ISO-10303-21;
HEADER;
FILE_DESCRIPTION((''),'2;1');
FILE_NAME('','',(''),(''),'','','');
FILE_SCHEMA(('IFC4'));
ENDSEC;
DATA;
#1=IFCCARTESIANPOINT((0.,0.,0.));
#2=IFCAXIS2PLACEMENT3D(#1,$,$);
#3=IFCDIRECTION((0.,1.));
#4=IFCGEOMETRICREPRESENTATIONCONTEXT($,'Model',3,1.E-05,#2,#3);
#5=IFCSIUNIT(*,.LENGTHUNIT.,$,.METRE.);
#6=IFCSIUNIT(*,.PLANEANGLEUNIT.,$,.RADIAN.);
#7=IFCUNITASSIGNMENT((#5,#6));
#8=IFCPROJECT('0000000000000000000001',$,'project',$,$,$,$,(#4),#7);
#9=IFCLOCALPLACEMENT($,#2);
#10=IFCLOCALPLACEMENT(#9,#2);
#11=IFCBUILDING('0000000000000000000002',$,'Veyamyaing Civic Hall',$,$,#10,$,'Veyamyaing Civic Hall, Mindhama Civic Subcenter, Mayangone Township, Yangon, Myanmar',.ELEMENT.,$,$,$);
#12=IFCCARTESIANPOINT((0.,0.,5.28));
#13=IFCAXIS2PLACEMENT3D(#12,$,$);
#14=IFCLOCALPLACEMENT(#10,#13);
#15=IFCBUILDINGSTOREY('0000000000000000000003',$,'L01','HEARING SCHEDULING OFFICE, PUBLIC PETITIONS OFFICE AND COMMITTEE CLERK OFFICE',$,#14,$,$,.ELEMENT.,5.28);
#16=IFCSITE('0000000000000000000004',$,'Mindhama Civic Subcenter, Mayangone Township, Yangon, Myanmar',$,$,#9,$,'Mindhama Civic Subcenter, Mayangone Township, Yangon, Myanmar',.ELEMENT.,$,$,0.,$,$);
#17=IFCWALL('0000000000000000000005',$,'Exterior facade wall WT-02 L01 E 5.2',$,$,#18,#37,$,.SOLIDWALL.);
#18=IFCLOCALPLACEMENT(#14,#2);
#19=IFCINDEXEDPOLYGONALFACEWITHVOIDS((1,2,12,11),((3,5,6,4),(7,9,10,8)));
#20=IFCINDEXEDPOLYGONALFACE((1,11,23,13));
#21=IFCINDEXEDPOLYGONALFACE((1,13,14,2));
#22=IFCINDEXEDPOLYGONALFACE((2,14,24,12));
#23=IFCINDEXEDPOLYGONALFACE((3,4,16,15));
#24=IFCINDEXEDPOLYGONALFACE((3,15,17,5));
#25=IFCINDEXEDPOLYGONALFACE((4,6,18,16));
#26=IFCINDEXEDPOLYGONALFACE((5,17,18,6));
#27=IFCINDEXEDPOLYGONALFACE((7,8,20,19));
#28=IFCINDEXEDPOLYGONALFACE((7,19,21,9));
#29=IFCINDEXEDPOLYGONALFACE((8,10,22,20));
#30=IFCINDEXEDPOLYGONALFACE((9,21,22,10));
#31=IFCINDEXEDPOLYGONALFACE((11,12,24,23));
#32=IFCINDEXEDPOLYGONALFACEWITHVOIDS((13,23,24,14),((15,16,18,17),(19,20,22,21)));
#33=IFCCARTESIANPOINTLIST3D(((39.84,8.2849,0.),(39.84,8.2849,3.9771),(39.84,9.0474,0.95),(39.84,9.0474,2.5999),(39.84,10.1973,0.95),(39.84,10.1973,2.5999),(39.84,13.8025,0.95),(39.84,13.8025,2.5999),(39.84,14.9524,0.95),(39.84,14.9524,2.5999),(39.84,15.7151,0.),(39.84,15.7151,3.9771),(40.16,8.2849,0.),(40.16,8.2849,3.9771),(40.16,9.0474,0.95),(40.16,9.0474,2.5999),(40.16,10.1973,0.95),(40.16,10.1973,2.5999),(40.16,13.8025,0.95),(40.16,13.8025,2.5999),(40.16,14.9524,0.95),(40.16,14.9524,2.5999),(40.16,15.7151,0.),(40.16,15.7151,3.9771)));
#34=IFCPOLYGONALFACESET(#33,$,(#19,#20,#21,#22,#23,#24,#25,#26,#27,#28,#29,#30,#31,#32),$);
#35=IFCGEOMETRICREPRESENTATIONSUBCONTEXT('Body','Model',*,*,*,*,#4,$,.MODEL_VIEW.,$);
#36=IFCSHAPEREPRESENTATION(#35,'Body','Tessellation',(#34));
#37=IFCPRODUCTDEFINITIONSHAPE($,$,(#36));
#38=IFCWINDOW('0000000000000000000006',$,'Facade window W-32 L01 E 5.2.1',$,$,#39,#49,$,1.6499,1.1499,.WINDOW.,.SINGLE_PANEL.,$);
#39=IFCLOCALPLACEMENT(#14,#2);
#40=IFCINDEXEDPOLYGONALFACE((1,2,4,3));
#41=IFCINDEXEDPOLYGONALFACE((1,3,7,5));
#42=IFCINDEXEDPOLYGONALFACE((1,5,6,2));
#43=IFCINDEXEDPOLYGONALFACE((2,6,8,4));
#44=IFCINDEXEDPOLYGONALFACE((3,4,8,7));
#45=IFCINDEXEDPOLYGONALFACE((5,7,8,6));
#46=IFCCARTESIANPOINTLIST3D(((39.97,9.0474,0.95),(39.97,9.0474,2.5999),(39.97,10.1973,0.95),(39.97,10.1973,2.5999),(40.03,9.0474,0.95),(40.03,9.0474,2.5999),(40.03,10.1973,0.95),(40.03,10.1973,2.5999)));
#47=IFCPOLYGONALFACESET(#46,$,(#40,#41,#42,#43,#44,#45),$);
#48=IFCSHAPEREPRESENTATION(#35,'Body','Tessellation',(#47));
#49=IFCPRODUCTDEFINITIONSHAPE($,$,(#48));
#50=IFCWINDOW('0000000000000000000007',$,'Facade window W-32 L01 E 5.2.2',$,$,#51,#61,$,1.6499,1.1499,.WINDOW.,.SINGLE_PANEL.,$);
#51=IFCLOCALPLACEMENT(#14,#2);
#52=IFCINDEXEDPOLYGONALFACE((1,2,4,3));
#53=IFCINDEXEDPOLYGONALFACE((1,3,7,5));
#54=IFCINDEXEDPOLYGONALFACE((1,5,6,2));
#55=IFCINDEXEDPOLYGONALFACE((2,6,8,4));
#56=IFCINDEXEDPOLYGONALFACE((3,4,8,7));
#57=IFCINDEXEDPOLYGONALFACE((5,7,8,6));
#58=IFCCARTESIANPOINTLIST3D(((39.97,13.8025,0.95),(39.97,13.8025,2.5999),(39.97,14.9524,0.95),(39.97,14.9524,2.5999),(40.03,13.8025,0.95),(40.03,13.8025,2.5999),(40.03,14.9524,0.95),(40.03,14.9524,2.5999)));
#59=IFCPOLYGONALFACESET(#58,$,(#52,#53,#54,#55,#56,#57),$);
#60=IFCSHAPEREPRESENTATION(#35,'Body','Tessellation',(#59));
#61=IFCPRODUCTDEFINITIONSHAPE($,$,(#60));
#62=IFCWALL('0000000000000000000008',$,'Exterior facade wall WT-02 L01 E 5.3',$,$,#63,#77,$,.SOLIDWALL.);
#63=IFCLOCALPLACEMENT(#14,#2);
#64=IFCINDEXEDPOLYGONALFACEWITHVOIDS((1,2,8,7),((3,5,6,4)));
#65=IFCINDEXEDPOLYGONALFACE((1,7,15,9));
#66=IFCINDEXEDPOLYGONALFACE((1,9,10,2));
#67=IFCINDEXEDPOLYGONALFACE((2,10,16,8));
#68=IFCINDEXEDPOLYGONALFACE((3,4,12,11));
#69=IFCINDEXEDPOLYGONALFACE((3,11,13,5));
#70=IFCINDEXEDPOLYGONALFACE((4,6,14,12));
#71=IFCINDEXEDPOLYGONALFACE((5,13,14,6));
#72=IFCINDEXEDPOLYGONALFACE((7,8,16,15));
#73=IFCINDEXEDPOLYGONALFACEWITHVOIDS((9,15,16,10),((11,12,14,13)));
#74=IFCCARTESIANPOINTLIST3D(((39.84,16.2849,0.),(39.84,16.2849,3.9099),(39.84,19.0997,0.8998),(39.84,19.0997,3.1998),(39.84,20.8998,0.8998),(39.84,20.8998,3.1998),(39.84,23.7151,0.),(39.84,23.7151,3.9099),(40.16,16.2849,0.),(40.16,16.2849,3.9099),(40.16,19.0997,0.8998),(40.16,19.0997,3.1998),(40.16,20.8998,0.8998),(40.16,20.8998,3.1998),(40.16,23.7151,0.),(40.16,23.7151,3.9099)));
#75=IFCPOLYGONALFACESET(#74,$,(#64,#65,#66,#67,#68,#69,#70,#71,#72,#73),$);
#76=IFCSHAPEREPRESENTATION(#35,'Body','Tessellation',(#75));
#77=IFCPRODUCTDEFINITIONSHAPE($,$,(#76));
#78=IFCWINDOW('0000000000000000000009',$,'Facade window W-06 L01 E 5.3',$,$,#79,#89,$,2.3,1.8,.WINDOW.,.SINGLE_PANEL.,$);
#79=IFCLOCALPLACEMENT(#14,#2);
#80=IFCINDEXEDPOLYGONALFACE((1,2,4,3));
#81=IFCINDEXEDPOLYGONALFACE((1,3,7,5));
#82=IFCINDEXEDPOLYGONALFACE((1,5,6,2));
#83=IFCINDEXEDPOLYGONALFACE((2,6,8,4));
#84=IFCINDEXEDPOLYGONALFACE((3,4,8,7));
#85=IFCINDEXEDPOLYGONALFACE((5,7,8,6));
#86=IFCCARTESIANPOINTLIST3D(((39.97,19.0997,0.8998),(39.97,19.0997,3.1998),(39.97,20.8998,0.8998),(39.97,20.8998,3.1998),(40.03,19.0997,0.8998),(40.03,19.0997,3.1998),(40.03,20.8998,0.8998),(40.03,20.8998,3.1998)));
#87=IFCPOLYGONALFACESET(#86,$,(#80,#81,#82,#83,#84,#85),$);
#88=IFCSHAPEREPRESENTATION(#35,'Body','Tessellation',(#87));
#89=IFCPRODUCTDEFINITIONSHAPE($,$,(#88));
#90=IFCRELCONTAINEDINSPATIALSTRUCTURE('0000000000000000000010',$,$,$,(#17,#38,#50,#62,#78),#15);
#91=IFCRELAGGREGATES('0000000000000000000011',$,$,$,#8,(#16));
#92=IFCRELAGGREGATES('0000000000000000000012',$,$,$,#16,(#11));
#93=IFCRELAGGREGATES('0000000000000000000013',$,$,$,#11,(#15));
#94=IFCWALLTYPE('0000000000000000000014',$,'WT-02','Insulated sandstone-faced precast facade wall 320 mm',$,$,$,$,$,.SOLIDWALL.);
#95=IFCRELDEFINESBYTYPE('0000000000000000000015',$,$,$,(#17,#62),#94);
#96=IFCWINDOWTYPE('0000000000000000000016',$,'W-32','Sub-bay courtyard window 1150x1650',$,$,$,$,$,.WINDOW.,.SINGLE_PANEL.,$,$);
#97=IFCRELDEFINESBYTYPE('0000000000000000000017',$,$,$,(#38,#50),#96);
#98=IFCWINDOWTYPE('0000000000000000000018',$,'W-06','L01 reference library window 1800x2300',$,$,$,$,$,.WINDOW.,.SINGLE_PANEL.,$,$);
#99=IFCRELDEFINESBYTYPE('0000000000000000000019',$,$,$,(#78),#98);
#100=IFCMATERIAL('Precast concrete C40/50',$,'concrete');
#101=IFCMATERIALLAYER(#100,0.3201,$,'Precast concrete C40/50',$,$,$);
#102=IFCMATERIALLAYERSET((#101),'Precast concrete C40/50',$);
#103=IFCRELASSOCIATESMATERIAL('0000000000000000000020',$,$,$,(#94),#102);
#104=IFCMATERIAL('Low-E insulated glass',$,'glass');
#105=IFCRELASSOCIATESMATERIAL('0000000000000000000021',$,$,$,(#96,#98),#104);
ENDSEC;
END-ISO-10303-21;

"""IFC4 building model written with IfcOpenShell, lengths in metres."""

from ifc_helpers import new_model, si_unit, direction, frame, frame_2d, origin, place, context, subcontext, project, spatial, rectangle, extrude, material, layer, layer_set, type_object, element, fill, save


model = new_model("IFC4")

# Units and contexts
model_context = context("Model", 3, precision=1e-05, world=origin(), true_north=direction((0.0, 1.0)))
body_context = subcontext(model_context, "Body", "Model", "MODEL_VIEW")
ifc_project = project(units=[si_unit("LENGTHUNIT", "METRE"), si_unit("PLANEANGLEUNIT", "RADIAN")], contexts=[model_context])

# Site, building, storey
site_placement = place(None, origin())
site = spatial("IfcSite", under=ifc_project, at=site_placement, Name="Mindhama Civic Subcenter, Mayangone Township, Yangon, Myanmar", LongName="Mindhama Civic Subcenter, Mayangone Township, Yangon, Myanmar", CompositionType="ELEMENT", RefElevation=0.0)
building_placement = place(site_placement, origin())
building = spatial("IfcBuilding", under=site, at=building_placement, Name="Veyamyaing Civic Hall", LongName="Veyamyaing Civic Hall, Mindhama Civic Subcenter, Mayangone Township, Yangon, Myanmar", CompositionType="ELEMENT")
storey_placement = place(building_placement, frame((0.0, 0.0, 5.28)))
storey = spatial("IfcBuildingStorey", under=building, at=storey_placement, Name="L01", Description="HEARING SCHEDULING OFFICE, PUBLIC PETITIONS OFFICE AND COMMITTEE CLERK OFFICE", CompositionType="ELEMENT", Elevation=5.28)

# Shared definitions
ifc_material_1 = material(Name="Low-E insulated glass", Category="glass")

# Wall, openings, windows
ifc_material_2 = material(Name="Precast concrete C40/50", Category="concrete")
ifc_layer_1 = layer(ifc_material_2, 0.3201, Name="Precast concrete C40/50")
ifc_layer_set_1 = layer_set([ifc_layer_1], Name="Precast concrete C40/50")
wall_type = type_object("IfcWallType", Name="WT-02", Description="Insulated sandstone-faced precast facade wall 320 mm", PredefinedType="SOLIDWALL", material=ifc_layer_set_1)
wall_1_placement = place(storey_placement, frame((40.0, 8.2849, 0.0), z_axis=(0.0, 0.0, 1.0), x_axis=(0.0, 1.0, 0.0)))
wall_1 = element("IfcWall", 1, at=wall_1_placement, inside=storey, type_object=wall_type, Name="Exterior facade wall WT-02 L01 E 5.2", PredefinedType="SOLIDWALL", context=body_context, shape_type="SweptSolid", body=[
    extrude(rectangle(XDim=7.4302, YDim=0.3201, at=frame_2d((3.7151, 0.0))), origin(), (0.0, 0.0, 1.0), 3.9771),
])
opening_1_placement = place(wall_1_placement, frame((0.7625, 0.0, 0.95)))
opening_1 = element("IfcOpeningElement", 2, at=opening_1_placement, cuts=wall_1, PredefinedType="OPENING", context=body_context, shape_type="SweptSolid", body=[
    extrude(rectangle(XDim=1.1499, YDim=1.6499, at=frame_2d((0.575, 0.825))), frame((0.0, 0.1699, 0.0), z_axis=(0.0, -1.0, 0.0), x_axis=(1.0, 0.0, 0.0)), (0.0, 0.0, 1.0), 0.3401),
])
opening_2_placement = place(wall_1_placement, frame((5.5176, 0.0, 0.95)))
opening_2 = element("IfcOpeningElement", 3, at=opening_2_placement, cuts=wall_1, PredefinedType="OPENING", context=body_context, shape_type="SweptSolid", body=[
    extrude(rectangle(XDim=1.1499, YDim=1.6499, at=frame_2d((0.575, 0.825))), frame((0.0, 0.1699, 0.0), z_axis=(0.0, -1.0, 0.0), x_axis=(1.0, 0.0, 0.0)), (0.0, 0.0, 1.0), 0.3401),
])
window_type_1 = type_object("IfcWindowType", Name="W-32", Description="Sub-bay courtyard window 1150x1650", PartitioningType="SINGLE_PANEL", PredefinedType="WINDOW", material=ifc_material_1)
window_1_placement = place(opening_1_placement, origin())
window_1 = element("IfcWindow", 4, at=window_1_placement, inside=storey, type_object=window_type_1, Name="Facade window W-32 L01 E 5.2.1", OverallHeight=1.6499, OverallWidth=1.1499, PartitioningType="SINGLE_PANEL", PredefinedType="WINDOW", context=body_context, shape_type="SweptSolid", body=[
    extrude(rectangle(XDim=1.1499, YDim=1.6499, at=frame_2d((0.575, 0.825))), frame((0.0, 0.03, 0.0), z_axis=(0.0, -1.0, 0.0), x_axis=(1.0, 0.0, 0.0)), (0.0, 0.0, 1.0), 0.0601),
])
fill(opening_1, window_1)
window_2_placement = place(opening_2_placement, origin())
window_2 = element("IfcWindow", 5, at=window_2_placement, inside=storey, type_object=window_type_1, Name="Facade window W-32 L01 E 5.2.2", OverallHeight=1.6499, OverallWidth=1.1499, PartitioningType="SINGLE_PANEL", PredefinedType="WINDOW", context=body_context, shape_type="SweptSolid", body=[
    extrude(rectangle(XDim=1.1499, YDim=1.6499, at=frame_2d((0.575, 0.825))), frame((0.0, 0.03, 0.0), z_axis=(0.0, -1.0, 0.0), x_axis=(1.0, 0.0, 0.0)), (0.0, 0.0, 1.0), 0.0601),
])
fill(opening_2, window_2)

# Wall, opening, window
wall_2_placement = place(storey_placement, frame((40.0, 16.2849, 0.0), z_axis=(0.0, 0.0, 1.0), x_axis=(0.0, 1.0, 0.0)))
wall_2 = element("IfcWall", 6, at=wall_2_placement, inside=storey, type_object=wall_type, Name="Exterior facade wall WT-02 L01 E 5.3", PredefinedType="SOLIDWALL", context=body_context, shape_type="SweptSolid", body=[
    extrude(rectangle(XDim=7.4302, YDim=0.3201, at=frame_2d((3.7151, 0.0))), origin(), (0.0, 0.0, 1.0), 3.9099),
])
opening_3_placement = place(wall_2_placement, frame((2.8149, 0.0, 0.8999)))
opening_3 = element("IfcOpeningElement", 7, at=opening_3_placement, cuts=wall_2, PredefinedType="OPENING", context=body_context, shape_type="SweptSolid", body=[
    extrude(rectangle(XDim=1.8, YDim=2.3, at=frame_2d((0.8999, 1.1499))), frame((0.0, 0.1699, 0.0), z_axis=(0.0, -1.0, 0.0), x_axis=(1.0, 0.0, 0.0)), (0.0, 0.0, 1.0), 0.3401),
])
window_type_2 = type_object("IfcWindowType", Name="W-06", Description="L01 reference library window 1800x2300", PartitioningType="SINGLE_PANEL", PredefinedType="WINDOW", material=ifc_material_1)
window_3_placement = place(opening_3_placement, origin())
window_3 = element("IfcWindow", 8, at=window_3_placement, inside=storey, type_object=window_type_2, Name="Facade window W-06 L01 E 5.3", OverallHeight=2.3, OverallWidth=1.8, PartitioningType="SINGLE_PANEL", PredefinedType="WINDOW", context=body_context, shape_type="SweptSolid", body=[
    extrude(rectangle(XDim=1.8, YDim=2.3, at=frame_2d((0.8999, 1.1499))), frame((0.0, 0.03, 0.0), z_axis=(0.0, -1.0, 0.0), x_axis=(1.0, 0.0, 0.0)), (0.0, 0.0, 1.0), 0.0601),
])
fill(opening_3, window_3)

save(model, "model.ifc")
